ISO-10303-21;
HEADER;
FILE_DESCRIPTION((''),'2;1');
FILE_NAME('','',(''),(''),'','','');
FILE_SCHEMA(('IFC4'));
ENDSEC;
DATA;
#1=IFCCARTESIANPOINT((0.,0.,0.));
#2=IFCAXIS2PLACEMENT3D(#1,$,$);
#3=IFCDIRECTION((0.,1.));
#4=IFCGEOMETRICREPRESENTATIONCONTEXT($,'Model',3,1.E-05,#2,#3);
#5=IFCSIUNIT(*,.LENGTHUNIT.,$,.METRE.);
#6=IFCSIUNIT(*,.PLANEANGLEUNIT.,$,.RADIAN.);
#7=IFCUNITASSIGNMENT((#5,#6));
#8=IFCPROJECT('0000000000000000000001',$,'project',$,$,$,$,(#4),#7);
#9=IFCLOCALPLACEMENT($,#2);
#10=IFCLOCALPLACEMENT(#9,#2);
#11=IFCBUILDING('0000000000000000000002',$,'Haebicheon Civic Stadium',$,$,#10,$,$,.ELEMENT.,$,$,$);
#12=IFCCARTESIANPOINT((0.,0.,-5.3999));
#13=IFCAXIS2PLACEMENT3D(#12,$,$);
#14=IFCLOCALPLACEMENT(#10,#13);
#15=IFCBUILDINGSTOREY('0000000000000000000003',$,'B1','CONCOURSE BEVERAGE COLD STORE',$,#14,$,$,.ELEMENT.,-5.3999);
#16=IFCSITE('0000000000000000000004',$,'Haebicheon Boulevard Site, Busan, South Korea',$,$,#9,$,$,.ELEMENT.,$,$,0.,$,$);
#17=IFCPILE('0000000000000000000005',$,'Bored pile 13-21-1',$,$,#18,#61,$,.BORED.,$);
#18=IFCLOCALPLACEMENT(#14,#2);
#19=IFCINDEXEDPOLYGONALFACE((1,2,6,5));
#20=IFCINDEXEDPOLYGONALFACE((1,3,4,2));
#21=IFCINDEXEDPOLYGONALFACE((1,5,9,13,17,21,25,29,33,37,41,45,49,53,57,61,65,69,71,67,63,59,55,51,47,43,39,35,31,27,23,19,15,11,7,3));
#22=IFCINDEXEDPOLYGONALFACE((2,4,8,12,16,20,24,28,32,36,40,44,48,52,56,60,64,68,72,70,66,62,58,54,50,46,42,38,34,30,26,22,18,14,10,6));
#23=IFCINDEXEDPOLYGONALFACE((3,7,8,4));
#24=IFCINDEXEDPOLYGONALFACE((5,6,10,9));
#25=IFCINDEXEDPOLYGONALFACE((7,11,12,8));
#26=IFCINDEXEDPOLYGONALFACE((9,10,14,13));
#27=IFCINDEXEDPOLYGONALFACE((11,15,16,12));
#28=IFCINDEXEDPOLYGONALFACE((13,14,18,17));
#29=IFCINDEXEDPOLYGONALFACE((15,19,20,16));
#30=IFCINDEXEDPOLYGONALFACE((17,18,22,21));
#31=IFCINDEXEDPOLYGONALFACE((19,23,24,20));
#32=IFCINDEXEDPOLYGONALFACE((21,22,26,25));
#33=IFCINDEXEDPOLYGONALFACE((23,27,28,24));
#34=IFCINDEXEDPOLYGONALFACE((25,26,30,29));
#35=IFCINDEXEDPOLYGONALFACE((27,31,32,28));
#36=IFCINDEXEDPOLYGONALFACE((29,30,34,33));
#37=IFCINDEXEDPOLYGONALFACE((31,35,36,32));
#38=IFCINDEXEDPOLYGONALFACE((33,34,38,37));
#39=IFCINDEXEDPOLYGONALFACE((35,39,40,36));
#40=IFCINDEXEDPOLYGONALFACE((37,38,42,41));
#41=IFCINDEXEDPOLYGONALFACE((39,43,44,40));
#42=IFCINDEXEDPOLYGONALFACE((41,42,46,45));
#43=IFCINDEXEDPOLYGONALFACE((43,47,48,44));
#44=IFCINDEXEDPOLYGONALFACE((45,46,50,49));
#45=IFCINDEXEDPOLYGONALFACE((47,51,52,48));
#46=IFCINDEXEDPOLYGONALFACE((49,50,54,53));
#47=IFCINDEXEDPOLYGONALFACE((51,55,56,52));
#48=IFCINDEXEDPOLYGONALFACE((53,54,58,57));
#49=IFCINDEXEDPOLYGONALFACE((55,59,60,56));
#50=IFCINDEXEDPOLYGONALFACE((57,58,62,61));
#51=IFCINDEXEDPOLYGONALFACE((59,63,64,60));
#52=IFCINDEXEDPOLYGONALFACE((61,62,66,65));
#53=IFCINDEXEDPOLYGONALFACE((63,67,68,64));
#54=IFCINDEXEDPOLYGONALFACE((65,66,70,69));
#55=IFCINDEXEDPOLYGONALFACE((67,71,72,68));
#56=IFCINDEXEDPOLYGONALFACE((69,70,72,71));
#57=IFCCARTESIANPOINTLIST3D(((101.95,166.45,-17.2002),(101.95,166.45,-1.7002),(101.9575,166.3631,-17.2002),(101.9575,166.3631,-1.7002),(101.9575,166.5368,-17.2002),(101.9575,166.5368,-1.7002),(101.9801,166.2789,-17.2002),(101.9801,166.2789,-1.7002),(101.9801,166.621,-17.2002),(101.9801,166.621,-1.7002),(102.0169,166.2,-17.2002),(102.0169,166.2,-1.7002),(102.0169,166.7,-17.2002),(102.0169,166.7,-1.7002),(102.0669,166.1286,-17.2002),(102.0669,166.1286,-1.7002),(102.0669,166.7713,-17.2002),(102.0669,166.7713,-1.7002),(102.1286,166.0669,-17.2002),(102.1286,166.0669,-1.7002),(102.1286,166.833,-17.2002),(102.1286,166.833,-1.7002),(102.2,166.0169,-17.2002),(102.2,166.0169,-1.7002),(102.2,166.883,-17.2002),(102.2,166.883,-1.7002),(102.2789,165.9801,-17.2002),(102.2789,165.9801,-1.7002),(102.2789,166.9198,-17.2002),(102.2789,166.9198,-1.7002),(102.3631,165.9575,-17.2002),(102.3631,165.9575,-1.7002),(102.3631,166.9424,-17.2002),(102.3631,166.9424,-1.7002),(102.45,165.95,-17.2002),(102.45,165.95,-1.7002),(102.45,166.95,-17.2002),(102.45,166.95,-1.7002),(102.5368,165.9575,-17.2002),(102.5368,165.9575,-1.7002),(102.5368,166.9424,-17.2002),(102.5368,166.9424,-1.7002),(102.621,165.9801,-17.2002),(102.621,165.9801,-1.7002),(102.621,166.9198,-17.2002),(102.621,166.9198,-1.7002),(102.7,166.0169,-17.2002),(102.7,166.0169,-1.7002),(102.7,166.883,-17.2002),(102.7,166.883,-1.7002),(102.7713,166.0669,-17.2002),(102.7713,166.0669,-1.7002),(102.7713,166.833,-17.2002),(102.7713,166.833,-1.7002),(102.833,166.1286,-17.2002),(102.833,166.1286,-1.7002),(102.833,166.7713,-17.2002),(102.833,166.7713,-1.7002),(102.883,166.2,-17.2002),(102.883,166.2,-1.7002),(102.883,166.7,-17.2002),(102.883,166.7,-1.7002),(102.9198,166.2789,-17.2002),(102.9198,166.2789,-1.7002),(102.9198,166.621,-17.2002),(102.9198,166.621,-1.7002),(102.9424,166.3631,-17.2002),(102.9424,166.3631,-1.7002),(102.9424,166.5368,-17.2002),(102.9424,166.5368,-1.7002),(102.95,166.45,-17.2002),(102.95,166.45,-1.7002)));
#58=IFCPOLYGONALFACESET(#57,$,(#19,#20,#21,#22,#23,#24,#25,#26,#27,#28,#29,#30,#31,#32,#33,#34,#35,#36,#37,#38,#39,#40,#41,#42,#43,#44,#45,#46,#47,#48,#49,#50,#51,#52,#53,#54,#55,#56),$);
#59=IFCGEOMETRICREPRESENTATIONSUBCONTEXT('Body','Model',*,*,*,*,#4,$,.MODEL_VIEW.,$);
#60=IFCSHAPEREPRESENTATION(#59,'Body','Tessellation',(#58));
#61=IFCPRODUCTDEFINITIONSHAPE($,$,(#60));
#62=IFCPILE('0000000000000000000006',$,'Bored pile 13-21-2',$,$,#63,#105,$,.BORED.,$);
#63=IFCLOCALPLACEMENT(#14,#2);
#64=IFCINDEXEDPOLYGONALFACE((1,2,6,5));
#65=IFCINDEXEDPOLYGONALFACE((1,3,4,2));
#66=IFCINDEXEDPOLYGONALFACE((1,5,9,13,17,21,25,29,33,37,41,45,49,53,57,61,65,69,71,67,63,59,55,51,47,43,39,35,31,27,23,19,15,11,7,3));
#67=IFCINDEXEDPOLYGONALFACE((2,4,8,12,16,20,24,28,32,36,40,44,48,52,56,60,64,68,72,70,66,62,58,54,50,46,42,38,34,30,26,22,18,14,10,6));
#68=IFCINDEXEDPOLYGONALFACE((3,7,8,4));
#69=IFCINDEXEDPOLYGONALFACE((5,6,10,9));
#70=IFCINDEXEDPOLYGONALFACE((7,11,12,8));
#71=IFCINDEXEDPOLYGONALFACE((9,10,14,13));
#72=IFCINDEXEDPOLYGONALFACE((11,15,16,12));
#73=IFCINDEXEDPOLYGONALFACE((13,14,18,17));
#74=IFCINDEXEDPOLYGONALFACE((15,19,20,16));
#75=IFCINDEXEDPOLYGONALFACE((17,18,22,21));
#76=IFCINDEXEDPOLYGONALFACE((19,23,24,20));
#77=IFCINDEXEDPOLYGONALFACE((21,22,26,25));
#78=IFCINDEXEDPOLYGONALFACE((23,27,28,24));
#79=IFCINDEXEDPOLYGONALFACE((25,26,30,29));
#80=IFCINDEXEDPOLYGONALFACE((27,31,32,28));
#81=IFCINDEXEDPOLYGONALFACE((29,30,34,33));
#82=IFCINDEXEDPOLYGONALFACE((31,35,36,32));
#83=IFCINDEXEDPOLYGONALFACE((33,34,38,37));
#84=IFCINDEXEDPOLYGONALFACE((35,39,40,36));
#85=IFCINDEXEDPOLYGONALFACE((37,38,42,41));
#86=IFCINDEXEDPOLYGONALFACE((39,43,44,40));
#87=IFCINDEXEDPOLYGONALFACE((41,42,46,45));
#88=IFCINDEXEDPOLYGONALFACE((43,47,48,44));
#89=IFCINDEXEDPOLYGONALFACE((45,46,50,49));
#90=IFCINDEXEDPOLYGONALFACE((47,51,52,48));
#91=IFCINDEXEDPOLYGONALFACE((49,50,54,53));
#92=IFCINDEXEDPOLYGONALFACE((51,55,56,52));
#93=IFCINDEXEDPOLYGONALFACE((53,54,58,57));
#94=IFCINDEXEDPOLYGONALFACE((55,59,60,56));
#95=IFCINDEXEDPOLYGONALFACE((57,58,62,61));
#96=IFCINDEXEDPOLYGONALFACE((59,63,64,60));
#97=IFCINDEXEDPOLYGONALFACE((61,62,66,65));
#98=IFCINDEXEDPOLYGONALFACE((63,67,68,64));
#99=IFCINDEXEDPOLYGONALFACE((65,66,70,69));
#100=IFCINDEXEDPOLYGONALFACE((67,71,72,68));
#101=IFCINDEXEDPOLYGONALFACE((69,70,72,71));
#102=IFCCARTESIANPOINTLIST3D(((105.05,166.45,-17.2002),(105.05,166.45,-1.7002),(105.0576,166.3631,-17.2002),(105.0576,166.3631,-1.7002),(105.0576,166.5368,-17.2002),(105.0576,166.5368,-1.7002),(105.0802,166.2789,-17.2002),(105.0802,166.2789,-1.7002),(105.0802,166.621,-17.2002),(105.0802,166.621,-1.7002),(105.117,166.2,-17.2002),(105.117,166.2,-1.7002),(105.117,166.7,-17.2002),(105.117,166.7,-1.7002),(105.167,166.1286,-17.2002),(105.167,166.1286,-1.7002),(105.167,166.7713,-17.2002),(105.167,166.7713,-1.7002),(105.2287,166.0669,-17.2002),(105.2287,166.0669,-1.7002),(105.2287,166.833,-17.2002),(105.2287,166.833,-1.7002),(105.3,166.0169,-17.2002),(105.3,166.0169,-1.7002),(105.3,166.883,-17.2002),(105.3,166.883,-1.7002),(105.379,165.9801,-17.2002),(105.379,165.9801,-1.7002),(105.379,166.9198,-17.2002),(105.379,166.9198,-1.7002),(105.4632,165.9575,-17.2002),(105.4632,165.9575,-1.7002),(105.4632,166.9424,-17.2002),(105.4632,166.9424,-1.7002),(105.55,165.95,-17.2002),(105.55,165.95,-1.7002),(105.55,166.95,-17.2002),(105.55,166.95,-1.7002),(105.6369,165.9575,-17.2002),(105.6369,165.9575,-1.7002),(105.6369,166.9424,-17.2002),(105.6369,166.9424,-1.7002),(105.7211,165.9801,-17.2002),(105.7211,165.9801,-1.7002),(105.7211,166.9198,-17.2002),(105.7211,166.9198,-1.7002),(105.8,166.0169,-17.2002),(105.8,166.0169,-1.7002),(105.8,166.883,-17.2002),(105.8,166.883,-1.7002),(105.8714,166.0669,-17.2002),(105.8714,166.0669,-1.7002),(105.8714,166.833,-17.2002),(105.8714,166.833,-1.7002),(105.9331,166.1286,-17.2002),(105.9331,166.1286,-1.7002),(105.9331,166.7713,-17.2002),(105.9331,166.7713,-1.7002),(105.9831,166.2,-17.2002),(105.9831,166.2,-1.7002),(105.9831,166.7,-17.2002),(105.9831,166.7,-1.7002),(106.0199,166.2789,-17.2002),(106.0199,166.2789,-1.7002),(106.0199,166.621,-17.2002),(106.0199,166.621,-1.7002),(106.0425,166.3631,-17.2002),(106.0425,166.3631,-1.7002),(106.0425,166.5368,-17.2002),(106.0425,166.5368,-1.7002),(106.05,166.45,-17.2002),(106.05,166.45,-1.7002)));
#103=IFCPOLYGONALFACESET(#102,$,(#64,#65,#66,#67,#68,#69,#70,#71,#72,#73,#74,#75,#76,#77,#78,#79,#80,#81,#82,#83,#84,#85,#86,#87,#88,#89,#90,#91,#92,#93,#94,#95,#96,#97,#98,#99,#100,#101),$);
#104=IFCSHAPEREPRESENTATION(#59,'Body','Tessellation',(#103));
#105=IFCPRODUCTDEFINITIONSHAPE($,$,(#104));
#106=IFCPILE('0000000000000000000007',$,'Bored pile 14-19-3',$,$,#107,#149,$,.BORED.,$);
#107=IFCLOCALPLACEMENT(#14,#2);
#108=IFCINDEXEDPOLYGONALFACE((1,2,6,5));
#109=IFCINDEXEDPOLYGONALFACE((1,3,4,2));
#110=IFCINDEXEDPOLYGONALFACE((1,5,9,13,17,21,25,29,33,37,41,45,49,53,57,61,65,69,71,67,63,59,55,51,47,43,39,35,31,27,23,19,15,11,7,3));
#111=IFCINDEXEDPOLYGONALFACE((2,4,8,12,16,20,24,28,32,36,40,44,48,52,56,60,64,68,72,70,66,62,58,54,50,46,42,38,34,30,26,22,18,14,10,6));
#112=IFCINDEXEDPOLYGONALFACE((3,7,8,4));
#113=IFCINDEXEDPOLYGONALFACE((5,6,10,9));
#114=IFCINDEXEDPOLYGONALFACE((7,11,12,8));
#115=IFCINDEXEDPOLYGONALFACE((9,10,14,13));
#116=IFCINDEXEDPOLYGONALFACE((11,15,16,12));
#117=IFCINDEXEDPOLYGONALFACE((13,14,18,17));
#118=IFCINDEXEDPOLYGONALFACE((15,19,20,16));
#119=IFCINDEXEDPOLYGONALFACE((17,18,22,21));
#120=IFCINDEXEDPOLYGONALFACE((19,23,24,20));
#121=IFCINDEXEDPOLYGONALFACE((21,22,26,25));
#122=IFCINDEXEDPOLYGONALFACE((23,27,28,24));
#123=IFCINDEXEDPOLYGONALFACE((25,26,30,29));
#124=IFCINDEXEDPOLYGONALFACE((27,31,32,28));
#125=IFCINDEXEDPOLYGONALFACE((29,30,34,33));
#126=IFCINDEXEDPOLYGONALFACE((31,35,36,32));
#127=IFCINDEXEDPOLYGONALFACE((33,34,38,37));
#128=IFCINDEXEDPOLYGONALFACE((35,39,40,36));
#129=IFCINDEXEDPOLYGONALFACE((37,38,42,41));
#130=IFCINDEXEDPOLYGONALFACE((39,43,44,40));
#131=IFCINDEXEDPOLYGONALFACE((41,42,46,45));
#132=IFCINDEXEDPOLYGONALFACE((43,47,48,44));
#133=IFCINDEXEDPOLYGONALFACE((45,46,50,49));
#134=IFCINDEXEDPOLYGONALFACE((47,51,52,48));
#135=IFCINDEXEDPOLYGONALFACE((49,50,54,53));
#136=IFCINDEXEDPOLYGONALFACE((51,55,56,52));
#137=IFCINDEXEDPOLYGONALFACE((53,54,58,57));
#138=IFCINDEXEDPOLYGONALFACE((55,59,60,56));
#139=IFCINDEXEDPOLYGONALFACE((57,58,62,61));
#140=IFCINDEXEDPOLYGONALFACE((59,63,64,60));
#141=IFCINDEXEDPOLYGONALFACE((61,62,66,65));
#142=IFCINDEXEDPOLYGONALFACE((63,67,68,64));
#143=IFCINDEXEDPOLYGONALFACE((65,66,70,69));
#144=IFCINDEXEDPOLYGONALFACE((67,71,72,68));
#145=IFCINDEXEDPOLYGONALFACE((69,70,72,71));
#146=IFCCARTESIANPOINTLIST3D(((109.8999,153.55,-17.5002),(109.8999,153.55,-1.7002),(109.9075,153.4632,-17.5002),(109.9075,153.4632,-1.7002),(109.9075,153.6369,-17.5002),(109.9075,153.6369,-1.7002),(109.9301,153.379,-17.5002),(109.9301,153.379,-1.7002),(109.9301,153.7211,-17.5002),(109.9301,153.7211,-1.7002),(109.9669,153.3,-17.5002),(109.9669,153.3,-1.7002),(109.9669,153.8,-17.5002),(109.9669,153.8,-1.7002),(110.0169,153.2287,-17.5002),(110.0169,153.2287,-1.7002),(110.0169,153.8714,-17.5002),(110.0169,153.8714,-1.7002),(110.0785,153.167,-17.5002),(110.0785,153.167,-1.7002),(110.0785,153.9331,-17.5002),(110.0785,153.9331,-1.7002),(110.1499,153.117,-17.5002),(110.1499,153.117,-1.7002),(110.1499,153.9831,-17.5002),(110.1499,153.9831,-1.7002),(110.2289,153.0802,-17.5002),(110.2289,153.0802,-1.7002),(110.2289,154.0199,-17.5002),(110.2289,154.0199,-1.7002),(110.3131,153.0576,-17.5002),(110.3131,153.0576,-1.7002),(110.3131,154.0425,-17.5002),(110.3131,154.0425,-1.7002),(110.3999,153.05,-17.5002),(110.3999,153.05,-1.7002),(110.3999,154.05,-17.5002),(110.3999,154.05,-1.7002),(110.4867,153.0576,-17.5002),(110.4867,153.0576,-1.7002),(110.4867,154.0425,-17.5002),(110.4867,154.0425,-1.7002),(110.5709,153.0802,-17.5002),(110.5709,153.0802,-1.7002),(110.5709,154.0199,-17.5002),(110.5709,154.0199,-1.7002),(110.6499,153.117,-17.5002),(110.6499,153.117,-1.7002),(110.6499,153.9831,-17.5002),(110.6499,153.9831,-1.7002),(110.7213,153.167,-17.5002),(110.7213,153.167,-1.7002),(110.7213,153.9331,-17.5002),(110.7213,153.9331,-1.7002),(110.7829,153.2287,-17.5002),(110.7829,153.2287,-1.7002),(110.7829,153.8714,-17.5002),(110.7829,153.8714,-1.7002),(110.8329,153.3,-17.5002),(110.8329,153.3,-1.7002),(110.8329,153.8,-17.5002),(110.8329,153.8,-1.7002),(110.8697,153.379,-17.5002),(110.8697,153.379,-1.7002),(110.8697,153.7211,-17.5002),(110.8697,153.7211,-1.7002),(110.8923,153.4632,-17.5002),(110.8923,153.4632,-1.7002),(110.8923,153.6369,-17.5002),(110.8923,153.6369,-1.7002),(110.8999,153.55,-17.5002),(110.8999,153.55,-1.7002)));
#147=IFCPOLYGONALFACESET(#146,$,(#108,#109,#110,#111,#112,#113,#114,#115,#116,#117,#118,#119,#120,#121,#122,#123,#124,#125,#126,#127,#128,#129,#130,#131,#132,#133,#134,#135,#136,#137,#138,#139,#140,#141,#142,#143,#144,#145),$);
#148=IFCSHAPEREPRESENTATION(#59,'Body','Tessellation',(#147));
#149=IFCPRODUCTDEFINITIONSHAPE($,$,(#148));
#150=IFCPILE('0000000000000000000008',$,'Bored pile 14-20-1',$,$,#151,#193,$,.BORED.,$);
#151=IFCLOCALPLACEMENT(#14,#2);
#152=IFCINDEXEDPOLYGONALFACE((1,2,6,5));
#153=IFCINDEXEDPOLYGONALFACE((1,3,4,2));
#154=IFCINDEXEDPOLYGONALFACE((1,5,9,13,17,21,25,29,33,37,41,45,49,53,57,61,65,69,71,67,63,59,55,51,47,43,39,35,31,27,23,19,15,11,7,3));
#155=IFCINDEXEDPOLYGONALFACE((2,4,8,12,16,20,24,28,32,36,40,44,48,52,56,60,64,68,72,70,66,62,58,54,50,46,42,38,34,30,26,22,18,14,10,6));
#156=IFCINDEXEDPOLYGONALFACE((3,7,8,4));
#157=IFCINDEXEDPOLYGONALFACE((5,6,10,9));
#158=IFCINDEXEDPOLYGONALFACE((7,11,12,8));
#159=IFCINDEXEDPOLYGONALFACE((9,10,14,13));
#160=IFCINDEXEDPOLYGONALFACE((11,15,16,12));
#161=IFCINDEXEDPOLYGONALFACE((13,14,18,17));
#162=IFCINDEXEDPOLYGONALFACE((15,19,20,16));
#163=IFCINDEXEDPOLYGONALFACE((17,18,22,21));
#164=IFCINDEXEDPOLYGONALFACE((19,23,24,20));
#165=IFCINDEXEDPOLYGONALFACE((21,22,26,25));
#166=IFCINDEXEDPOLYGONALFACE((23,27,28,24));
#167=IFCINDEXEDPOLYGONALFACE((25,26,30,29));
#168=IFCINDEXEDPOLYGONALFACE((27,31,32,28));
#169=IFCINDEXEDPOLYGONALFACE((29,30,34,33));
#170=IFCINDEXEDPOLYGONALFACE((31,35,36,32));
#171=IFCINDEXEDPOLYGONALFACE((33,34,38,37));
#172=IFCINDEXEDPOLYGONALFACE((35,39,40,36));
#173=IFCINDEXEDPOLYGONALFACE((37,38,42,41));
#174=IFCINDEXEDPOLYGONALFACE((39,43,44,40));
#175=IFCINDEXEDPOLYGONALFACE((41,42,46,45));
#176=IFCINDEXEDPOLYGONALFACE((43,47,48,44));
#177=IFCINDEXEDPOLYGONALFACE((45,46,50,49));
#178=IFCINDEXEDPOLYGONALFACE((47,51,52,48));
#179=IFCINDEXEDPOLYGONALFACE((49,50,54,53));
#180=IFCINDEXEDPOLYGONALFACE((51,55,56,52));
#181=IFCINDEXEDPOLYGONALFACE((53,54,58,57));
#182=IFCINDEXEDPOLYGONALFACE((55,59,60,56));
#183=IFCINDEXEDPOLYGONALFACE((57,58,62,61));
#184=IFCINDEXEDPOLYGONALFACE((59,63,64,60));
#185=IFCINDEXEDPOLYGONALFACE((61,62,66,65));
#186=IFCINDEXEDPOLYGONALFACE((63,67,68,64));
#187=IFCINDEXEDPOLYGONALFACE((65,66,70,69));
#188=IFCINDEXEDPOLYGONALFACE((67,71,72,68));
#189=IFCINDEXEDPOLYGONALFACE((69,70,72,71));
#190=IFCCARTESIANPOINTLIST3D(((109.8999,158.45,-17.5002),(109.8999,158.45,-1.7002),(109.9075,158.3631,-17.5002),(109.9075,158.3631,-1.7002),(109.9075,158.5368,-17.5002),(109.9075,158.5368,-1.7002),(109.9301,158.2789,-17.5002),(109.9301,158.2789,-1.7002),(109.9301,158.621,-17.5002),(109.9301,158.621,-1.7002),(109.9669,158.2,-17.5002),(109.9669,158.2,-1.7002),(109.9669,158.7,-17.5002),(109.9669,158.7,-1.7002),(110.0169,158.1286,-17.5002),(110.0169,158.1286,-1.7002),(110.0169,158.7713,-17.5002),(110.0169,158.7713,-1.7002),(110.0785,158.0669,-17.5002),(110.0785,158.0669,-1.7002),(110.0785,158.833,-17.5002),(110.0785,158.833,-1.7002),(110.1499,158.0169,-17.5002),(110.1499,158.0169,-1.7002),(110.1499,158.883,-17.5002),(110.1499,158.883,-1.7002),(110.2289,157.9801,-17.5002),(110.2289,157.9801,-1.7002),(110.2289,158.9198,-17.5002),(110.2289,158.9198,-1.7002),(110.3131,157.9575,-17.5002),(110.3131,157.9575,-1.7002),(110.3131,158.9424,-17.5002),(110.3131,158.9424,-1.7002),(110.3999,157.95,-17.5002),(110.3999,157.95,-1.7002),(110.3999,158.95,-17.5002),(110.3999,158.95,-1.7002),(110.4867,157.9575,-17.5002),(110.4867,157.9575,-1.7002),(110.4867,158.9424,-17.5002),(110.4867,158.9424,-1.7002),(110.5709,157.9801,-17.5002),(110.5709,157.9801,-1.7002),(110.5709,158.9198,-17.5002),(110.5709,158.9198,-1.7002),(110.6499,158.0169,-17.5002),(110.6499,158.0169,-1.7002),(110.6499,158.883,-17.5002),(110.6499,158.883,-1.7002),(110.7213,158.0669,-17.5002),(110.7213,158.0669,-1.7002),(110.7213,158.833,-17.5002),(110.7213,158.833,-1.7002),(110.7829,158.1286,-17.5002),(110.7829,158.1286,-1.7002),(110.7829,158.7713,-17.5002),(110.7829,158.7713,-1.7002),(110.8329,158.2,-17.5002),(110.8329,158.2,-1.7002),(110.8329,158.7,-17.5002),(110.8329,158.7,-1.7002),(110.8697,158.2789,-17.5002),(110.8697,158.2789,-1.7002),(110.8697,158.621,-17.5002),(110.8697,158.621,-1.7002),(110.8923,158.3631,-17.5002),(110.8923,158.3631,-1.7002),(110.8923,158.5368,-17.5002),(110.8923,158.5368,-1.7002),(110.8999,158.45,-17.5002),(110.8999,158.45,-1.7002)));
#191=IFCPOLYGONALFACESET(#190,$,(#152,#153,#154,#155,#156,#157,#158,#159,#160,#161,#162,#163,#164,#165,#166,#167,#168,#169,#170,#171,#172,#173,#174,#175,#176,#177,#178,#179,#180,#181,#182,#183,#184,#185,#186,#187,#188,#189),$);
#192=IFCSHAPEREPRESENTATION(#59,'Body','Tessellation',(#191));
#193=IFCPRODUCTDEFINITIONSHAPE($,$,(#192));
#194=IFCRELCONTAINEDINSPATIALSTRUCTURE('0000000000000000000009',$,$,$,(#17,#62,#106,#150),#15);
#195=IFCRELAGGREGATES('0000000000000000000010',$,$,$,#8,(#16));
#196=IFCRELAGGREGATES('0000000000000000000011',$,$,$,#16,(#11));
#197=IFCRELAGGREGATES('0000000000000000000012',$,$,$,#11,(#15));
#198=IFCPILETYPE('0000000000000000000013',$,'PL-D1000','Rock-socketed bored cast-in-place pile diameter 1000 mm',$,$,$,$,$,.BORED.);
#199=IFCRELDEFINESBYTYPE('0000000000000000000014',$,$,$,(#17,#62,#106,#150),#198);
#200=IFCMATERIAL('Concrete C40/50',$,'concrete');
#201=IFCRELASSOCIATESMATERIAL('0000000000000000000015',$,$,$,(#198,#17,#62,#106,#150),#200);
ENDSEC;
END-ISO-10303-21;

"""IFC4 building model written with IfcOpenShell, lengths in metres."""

from ifc_helpers import new_model, si_unit, direction, frame, origin, origin_2d, place, context, subcontext, project, spatial, circle, extrude, material, material_profile, profile_set, type_object, element, save


model = new_model("IFC4")

# Units and contexts
model_context = context("Model", 3, precision=1e-05, world=origin(), true_north=direction((0.0, 1.0)))
body_context = subcontext(model_context, "Body", "Model", "MODEL_VIEW")
ifc_project = project(units=[si_unit("LENGTHUNIT", "METRE"), si_unit("PLANEANGLEUNIT", "RADIAN")], contexts=[model_context])

# Site, building, storey
site_placement = place(None, origin())
site = spatial("IfcSite", under=ifc_project, at=site_placement, Name="Haebicheon Boulevard Site, Busan, South Korea", CompositionType="ELEMENT", RefElevation=0.0)
building_placement = place(site_placement, origin())
building = spatial("IfcBuilding", under=site, at=building_placement, Name="Haebicheon Civic Stadium", CompositionType="ELEMENT")
storey_placement = place(building_placement, frame((0.0, 0.0, -5.3999)))
storey = spatial("IfcBuildingStorey", under=building, at=storey_placement, Name="B1", Description="CONCOURSE BEVERAGE COLD STORE", CompositionType="ELEMENT", Elevation=-5.3999)

# Piles
ifc_material_1 = material(Name="Concrete C40/50", Category="concrete")
ifc_material_profile_1 = material_profile(ifc_material_1, circle(Radius=0.5, at=origin_2d()), Name="PILE-D1000")
ifc_profile_set_1 = profile_set([ifc_material_profile_1], Name="Concrete C40/50")
pile_type = type_object("IfcPileType", Name="PL-D1000", Description="Rock-socketed bored cast-in-place pile diameter 1000 mm", PredefinedType="BORED", material=ifc_profile_set_1)
for number, where, z_axis, x_axis, name in (
    (1, (102.45, 166.45, -1.7002), (0.0, 0.0, -1.0), (1.0, 0.0, 0.0), "Bored pile 13-21-1"),
    (2, (105.55, 166.45, -1.7002), (0.0, 0.0, -1.0), (1.0, 0.0, 0.0), "Bored pile 13-21-2"),
):
    element("IfcPile", number, at=place(storey_placement, frame(where, z_axis=z_axis, x_axis=x_axis)), inside=storey, type_object=pile_type, material=ifc_profile_set_1, Name=name, PredefinedType="BORED", context=body_context, shape_type="SweptSolid", body=[
        extrude(circle(Radius=0.5, at=origin_2d()), origin(), (0.0, 0.0, 1.0), 15.5),
    ])
for number, where, z_axis, x_axis, name in (
    (3, (110.3999, 153.55, -1.7002), (0.0, 0.0, -1.0), (1.0, 0.0, 0.0), "Bored pile 14-19-3"),
    (4, (110.3999, 158.45, -1.7002), (0.0, 0.0, -1.0), (1.0, 0.0, 0.0), "Bored pile 14-20-1"),
):
    element("IfcPile", number, at=place(storey_placement, frame(where, z_axis=z_axis, x_axis=x_axis)), inside=storey, type_object=pile_type, material=ifc_profile_set_1, Name=name, PredefinedType="BORED", context=body_context, shape_type="SweptSolid", body=[
        extrude(circle(Radius=0.5, at=origin_2d()), origin(), (0.0, 0.0, 1.0), 15.8),
    ])

save(model, "model.ifc")
